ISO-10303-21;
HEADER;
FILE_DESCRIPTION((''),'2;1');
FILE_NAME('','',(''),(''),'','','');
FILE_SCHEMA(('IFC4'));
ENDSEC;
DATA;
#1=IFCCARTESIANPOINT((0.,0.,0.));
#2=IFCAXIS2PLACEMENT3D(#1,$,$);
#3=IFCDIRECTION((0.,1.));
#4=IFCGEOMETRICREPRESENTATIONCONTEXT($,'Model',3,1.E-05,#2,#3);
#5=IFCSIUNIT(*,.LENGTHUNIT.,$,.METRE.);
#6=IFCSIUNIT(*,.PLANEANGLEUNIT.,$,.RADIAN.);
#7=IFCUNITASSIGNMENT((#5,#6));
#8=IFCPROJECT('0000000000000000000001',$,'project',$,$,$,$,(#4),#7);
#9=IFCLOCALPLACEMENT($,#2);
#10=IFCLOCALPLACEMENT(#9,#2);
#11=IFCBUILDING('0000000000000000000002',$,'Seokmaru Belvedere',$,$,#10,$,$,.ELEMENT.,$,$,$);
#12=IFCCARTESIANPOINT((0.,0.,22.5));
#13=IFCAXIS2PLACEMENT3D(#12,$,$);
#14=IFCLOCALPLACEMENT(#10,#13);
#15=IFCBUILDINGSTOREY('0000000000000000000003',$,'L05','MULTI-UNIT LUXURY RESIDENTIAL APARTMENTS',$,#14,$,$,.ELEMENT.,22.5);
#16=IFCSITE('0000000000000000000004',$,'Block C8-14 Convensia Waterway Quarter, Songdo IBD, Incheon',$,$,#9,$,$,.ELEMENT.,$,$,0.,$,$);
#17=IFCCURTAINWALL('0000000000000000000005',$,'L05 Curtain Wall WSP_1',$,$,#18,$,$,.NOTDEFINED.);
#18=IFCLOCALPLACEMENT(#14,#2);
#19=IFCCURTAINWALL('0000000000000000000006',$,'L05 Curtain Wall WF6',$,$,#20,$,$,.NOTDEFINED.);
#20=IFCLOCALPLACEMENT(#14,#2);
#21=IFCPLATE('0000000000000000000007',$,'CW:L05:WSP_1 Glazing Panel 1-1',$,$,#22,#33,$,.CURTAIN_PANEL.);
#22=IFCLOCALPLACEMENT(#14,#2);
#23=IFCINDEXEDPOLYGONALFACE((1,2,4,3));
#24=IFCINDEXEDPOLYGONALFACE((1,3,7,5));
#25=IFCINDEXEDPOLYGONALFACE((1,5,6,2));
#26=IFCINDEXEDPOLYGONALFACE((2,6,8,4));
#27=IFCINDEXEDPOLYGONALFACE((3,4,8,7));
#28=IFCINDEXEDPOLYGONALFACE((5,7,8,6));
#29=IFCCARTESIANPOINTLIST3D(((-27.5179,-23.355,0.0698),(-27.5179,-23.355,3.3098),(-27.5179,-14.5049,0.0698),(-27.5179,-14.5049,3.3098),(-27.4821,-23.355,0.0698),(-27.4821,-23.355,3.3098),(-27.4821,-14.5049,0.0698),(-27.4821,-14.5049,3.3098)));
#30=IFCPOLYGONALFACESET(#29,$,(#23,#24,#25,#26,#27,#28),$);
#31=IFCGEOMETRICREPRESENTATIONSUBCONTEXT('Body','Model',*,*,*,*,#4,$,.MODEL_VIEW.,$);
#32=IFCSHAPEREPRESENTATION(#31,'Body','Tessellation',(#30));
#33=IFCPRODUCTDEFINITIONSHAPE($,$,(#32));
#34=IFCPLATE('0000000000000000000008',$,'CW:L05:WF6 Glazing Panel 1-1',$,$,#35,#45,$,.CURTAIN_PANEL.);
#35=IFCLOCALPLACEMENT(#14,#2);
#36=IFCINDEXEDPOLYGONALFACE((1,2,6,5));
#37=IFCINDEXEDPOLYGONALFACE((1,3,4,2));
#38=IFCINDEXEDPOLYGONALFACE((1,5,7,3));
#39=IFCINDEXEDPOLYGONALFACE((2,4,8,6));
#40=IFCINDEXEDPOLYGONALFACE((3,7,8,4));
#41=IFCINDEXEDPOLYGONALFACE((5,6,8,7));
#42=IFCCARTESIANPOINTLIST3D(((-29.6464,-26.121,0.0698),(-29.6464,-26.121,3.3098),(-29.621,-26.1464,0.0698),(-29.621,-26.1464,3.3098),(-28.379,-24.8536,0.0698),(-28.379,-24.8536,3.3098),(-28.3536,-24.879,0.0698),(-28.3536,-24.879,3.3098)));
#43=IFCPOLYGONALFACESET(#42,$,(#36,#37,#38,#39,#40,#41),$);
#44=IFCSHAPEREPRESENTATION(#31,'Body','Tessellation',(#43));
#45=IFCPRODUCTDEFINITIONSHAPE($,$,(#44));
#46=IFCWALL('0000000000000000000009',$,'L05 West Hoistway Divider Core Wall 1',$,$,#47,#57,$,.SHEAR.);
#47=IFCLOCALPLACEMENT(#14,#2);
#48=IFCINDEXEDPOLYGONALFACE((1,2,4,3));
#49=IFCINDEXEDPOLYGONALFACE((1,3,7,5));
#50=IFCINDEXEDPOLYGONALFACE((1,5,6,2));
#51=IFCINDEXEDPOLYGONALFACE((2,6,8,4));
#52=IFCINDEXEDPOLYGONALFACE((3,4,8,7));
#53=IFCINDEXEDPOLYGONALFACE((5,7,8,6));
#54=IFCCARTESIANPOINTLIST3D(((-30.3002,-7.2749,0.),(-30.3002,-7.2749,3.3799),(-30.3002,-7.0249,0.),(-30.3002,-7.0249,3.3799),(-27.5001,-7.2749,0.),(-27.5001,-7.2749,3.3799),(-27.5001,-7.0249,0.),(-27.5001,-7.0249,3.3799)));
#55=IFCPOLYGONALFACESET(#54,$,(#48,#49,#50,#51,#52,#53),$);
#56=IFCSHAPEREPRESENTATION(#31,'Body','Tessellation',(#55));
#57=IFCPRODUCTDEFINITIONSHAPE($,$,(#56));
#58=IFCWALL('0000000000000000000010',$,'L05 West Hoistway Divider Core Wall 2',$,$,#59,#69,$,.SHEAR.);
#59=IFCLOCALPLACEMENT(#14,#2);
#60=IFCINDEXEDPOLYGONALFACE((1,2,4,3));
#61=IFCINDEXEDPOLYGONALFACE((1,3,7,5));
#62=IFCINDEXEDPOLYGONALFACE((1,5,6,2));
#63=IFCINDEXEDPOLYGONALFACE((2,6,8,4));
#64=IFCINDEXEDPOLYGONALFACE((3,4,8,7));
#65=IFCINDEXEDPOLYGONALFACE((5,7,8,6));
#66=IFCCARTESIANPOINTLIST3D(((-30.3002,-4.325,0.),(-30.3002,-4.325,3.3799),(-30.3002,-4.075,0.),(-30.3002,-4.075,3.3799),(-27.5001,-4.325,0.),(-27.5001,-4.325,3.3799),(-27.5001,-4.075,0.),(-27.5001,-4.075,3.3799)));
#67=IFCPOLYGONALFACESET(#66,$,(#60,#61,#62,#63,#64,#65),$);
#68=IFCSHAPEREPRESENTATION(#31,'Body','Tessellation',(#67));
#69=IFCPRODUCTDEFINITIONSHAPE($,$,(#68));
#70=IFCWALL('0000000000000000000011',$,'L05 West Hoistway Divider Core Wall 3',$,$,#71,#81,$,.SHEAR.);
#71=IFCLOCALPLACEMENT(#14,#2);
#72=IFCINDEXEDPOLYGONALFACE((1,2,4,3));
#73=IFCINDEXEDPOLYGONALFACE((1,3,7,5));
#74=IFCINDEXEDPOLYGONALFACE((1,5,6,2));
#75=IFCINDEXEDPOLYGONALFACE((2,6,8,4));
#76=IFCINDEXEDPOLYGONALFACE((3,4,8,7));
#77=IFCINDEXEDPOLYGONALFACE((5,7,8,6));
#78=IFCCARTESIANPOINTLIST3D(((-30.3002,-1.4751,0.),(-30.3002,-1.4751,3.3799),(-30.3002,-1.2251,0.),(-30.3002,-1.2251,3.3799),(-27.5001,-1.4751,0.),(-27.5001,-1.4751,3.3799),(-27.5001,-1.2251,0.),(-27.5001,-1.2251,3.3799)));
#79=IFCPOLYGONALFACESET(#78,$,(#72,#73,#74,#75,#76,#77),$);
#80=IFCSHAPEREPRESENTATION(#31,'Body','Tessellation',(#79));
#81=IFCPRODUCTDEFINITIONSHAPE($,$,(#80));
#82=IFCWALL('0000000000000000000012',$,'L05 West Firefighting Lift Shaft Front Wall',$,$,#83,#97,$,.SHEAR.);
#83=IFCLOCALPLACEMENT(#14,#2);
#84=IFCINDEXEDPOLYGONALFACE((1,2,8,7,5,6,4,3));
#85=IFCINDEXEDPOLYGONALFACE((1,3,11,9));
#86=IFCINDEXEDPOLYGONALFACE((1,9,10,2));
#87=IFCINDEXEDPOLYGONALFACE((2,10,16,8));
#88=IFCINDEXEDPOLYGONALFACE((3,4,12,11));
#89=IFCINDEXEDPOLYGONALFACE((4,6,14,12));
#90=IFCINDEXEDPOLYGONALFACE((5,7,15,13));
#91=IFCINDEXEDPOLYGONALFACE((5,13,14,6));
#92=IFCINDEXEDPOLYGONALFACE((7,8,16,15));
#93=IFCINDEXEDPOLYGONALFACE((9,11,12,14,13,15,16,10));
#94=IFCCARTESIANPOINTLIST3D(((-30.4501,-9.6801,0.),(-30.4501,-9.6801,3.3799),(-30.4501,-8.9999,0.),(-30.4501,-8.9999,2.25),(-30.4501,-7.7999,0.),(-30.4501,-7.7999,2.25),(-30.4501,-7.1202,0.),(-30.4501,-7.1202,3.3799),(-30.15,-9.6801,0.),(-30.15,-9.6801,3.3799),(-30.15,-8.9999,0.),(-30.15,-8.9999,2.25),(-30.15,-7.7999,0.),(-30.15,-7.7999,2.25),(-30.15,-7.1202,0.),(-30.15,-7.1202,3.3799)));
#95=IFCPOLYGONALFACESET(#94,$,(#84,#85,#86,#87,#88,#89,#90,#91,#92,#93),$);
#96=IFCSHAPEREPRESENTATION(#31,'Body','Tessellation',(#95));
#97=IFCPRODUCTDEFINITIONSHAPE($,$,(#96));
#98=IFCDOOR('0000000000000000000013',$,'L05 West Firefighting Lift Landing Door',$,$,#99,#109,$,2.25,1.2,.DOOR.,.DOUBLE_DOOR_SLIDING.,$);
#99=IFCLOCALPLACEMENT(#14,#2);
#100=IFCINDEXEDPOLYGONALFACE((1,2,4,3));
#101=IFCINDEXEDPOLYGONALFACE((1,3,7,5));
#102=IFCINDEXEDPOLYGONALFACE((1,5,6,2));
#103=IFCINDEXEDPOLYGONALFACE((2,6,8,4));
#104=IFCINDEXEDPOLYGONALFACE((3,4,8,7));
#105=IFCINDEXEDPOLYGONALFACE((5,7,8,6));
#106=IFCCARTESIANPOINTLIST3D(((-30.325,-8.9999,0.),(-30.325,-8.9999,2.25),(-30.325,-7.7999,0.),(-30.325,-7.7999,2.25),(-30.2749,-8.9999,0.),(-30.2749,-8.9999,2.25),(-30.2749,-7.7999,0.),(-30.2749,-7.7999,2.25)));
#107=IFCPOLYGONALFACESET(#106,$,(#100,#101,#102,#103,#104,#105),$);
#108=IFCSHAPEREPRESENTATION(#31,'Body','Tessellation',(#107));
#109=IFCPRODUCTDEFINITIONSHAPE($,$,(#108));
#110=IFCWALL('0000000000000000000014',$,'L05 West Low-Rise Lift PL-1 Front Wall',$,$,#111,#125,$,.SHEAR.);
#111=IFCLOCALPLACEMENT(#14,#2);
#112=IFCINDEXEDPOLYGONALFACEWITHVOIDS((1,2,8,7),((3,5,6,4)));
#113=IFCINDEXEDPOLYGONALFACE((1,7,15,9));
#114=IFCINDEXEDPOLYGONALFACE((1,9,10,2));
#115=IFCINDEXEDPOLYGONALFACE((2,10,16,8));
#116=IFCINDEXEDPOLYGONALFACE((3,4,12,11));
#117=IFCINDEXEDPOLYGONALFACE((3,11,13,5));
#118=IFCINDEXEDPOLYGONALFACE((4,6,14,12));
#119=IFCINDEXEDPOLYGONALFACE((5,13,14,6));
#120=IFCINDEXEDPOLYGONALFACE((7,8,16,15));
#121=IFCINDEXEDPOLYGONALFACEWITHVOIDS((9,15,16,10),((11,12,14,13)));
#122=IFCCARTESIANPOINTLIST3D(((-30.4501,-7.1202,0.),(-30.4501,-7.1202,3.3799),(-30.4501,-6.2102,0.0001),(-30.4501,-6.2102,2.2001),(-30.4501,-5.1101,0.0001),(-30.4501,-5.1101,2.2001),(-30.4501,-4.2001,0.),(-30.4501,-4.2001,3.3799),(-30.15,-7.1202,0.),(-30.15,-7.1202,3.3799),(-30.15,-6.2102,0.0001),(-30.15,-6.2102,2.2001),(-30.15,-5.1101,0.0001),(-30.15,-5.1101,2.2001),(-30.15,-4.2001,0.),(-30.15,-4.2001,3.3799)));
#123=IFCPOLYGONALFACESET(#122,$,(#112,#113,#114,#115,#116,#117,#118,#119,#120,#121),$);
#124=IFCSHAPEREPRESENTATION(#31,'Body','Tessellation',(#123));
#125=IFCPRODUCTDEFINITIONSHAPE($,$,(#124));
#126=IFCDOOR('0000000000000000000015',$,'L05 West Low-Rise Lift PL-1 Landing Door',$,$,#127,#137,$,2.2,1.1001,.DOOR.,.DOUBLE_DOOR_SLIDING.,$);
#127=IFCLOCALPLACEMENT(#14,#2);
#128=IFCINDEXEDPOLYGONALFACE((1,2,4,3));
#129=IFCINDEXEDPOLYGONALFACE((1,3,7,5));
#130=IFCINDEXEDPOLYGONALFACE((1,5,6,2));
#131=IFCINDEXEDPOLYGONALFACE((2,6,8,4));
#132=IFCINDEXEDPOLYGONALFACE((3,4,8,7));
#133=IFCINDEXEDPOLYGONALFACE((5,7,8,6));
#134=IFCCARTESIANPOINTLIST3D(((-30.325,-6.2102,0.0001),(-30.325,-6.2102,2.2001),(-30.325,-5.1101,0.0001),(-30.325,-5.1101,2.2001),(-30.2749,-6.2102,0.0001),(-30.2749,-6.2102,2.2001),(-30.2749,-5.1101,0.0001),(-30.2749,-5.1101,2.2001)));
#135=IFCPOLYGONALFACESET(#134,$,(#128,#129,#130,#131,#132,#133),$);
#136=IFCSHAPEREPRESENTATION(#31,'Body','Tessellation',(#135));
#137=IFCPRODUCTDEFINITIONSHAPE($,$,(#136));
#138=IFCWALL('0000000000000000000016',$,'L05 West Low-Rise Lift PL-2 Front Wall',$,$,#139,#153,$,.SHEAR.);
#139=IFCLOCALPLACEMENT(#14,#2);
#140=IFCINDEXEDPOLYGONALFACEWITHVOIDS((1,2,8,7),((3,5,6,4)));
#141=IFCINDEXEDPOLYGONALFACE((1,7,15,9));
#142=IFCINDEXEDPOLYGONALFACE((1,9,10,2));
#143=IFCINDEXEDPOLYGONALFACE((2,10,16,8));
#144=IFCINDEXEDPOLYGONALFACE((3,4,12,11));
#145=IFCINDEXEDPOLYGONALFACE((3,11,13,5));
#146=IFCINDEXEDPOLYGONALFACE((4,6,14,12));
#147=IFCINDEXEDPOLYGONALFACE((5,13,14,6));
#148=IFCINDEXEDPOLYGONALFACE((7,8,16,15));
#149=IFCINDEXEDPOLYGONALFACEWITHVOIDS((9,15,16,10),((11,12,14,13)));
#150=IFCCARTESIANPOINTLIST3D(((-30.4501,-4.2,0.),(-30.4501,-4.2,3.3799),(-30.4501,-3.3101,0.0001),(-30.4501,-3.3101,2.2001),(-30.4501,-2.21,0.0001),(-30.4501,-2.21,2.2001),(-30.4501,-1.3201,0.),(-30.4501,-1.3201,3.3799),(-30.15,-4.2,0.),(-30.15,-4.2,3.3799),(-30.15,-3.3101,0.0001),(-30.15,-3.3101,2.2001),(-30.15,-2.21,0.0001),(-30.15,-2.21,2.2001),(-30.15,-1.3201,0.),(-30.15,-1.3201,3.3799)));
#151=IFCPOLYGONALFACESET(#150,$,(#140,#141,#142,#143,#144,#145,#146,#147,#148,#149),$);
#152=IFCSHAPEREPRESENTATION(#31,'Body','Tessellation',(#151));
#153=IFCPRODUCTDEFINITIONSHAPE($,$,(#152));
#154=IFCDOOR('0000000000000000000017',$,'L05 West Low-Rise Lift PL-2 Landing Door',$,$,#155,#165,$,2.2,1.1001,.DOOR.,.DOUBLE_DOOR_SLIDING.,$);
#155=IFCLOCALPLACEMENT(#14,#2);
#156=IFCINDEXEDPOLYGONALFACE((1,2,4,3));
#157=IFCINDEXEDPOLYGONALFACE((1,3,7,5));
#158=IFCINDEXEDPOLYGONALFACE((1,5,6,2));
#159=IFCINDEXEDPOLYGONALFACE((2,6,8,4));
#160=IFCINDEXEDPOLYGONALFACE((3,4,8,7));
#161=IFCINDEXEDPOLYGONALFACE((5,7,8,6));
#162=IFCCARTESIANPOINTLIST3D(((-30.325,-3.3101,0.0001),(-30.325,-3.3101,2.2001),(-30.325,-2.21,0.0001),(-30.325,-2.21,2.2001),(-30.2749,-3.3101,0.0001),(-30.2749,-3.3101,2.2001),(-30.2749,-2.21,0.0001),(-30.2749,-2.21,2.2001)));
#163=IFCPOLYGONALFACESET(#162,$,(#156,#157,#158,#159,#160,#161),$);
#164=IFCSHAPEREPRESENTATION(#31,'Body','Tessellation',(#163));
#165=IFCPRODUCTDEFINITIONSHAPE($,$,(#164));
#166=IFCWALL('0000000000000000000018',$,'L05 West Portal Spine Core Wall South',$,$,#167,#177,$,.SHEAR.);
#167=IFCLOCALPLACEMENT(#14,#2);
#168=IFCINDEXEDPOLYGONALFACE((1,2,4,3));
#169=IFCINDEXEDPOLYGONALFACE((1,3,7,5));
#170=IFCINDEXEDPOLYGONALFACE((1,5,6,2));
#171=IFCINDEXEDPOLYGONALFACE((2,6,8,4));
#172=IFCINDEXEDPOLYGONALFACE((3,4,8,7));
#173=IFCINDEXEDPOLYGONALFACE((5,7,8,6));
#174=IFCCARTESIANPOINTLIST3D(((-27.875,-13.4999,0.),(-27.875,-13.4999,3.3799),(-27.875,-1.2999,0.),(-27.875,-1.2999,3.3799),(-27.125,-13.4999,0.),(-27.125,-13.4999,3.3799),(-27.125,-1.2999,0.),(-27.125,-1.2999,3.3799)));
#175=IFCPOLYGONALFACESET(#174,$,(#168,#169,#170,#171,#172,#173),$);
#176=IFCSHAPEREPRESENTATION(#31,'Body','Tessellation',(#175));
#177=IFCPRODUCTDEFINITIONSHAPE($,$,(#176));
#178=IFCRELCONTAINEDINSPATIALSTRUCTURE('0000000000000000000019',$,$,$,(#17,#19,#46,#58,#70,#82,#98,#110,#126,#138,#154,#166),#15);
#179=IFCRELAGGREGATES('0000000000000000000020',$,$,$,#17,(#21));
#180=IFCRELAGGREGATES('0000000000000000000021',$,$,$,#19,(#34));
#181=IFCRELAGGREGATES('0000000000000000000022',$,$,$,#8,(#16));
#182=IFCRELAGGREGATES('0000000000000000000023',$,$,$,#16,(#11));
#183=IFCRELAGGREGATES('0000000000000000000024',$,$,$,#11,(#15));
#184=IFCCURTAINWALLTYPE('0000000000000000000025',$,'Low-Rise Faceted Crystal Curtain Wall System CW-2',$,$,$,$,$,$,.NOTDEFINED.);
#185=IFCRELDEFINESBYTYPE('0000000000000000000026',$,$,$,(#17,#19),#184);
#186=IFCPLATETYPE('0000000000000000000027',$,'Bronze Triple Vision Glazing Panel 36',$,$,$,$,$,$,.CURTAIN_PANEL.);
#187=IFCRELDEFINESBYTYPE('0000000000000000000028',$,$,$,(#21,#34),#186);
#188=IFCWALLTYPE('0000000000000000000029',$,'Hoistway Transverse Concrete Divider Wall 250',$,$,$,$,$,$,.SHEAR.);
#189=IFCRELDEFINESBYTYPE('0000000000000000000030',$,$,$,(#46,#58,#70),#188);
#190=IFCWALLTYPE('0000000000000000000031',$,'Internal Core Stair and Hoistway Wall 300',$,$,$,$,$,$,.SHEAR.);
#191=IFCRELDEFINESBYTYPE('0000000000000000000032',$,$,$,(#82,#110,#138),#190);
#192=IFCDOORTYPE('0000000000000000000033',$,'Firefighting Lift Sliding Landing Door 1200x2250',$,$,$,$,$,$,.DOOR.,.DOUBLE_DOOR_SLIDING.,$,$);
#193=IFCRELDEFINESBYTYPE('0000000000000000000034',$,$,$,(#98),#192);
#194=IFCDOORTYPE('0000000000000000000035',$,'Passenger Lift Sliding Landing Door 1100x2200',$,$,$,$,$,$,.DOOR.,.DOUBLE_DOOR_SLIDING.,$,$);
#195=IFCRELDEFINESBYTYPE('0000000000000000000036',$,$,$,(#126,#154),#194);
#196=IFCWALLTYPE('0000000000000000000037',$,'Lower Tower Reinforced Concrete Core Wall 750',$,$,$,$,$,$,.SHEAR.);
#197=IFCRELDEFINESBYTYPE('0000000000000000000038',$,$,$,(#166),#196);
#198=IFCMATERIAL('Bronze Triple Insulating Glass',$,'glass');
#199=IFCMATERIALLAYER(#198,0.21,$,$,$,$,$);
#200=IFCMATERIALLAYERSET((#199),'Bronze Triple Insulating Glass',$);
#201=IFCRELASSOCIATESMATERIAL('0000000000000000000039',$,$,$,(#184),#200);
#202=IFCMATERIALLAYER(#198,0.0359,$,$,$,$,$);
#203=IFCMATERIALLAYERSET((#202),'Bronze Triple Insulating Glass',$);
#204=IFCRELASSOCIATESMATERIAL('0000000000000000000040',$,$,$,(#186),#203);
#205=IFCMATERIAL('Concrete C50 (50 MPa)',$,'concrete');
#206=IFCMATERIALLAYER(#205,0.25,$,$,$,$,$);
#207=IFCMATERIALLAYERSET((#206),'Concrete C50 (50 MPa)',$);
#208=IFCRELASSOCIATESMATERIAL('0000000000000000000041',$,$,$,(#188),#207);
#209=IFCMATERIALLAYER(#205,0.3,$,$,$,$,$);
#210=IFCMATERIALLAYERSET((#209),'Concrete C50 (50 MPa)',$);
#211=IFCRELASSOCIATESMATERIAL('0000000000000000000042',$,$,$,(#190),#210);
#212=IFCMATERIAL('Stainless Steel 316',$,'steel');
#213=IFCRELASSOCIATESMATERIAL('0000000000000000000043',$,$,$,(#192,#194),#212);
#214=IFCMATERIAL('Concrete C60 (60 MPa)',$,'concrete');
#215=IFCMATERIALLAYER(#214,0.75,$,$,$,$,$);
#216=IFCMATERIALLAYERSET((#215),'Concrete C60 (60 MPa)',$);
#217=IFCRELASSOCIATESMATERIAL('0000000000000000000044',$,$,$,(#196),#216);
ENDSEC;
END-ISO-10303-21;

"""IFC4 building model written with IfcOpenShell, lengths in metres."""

from ifc_helpers import new_model, si_unit, direction, frame, frame_2d, origin, origin_2d, place, context, subcontext, project, spatial, rectangle, extrude, source, transform, mapped, material, layer, layer_set, type_object, type_shapes, element, fill, aggregate, save


model = new_model("IFC4")

# Units and contexts
model_context = context("Model", 3, precision=1e-05, world=origin(), true_north=direction((0.0, 1.0)))
body_context = subcontext(model_context, "Body", "Model", "MODEL_VIEW")
ifc_project = project(units=[si_unit("LENGTHUNIT", "METRE"), si_unit("PLANEANGLEUNIT", "RADIAN")], contexts=[model_context])

# Site, building, storey
site_placement = place(None, origin())
site = spatial("IfcSite", under=ifc_project, at=site_placement, Name="Block C8-14 Convensia Waterway Quarter, Songdo IBD, Incheon", CompositionType="ELEMENT", RefElevation=0.0)
building_placement = place(site_placement, origin())
building = spatial("IfcBuilding", under=site, at=building_placement, Name="Seokmaru Belvedere", CompositionType="ELEMENT")
storey_placement = place(building_placement, frame((0.0, 0.0, 22.5)))
storey = spatial("IfcBuildingStorey", under=building, at=storey_placement, Name="L05", Description="MULTI-UNIT LUXURY RESIDENTIAL APARTMENTS", CompositionType="ELEMENT", Elevation=22.5)

# Curtain walls
ifc_material_1 = material(Name="Bronze Triple Insulating Glass", Category="glass")
ifc_layer_1 = layer(ifc_material_1, 0.21)
ifc_layer_set_1 = layer_set([ifc_layer_1], Name="Bronze Triple Insulating Glass")
curtain_wall_type = type_object("IfcCurtainWallType", Name="Low-Rise Faceted Crystal Curtain Wall System CW-2", PredefinedType="NOTDEFINED", material=ifc_layer_set_1)
curtain_wall_1_placement = place(storey_placement, origin())
curtain_wall_1 = element("IfcCurtainWall", 1, at=curtain_wall_1_placement, inside=storey, type_object=curtain_wall_type, Name="L05 Curtain Wall WSP_1", PredefinedType="NOTDEFINED")
curtain_wall_2_placement = place(storey_placement, origin())
curtain_wall_2 = element("IfcCurtainWall", 2, at=curtain_wall_2_placement, inside=storey, type_object=curtain_wall_type, Name="L05 Curtain Wall WF6", PredefinedType="NOTDEFINED")

# Plates
ifc_layer_2 = layer(ifc_material_1, 0.0359)
ifc_layer_set_2 = layer_set([ifc_layer_2], Name="Bronze Triple Insulating Glass")
plate_type = type_object("IfcPlateType", Name="Bronze Triple Vision Glazing Panel 36", PredefinedType="CURTAIN_PANEL", material=ifc_layer_set_2)
shared_shape_1 = source(origin(), body_context, "Body", "SweptSolid", [
    extrude(rectangle(XDim=8.8501, YDim=0.0359, at=origin_2d()), origin(), (0.0, 0.0, 1.0), 3.24),
])
plate_1_placement = place(storey_placement, frame((-27.5, -18.9299, 0.0698), z_axis=(0.0, 0.0, 1.0), x_axis=(0.0, 1.0, 0.0)))
plate_1 = element("IfcPlate", 3, at=plate_1_placement, type_object=plate_type, Name="CW:L05:WSP_1 Glazing Panel 1-1", PredefinedType="CURTAIN_PANEL", context=body_context, shape_type="MappedRepresentation", body=[
    mapped(shared_shape_1, transform((0.0, 0.0, 0.0), scale=1.0)),
])
aggregate(curtain_wall_1, [plate_1])
shared_shape_2 = source(origin(), body_context, "Body", "SweptSolid", [
    extrude(rectangle(XDim=1.7925, YDim=0.0359, at=origin_2d()), origin(), (0.0, 0.0, 1.0), 3.24),
])
type_shapes(plate_type, [shared_shape_1, shared_shape_2])
plate_2_placement = place(storey_placement, frame((-29.0, -25.5, 0.0698), z_axis=(0.0, 0.0, 1.0), x_axis=(0.707107, 0.707107, 0.0)))
plate_2 = element("IfcPlate", 4, at=plate_2_placement, type_object=plate_type, Name="CW:L05:WF6 Glazing Panel 1-1", PredefinedType="CURTAIN_PANEL", context=body_context, shape_type="MappedRepresentation", body=[
    mapped(shared_shape_2, transform((0.0, 0.0, 0.0), scale=1.0)),
])
aggregate(curtain_wall_2, [plate_2])

# Walls
ifc_material_2 = material(Name="Concrete C50 (50 MPa)", Category="concrete")
ifc_layer_3 = layer(ifc_material_2, 0.25)
ifc_layer_set_3 = layer_set([ifc_layer_3], Name="Concrete C50 (50 MPa)")
wall_type_1 = type_object("IfcWallType", Name="Hoistway Transverse Concrete Divider Wall 250", PredefinedType="SHEAR", material=ifc_layer_set_3)
for number, where, z_axis, x_axis, name in (
    (5, (-30.3, -7.1499, 0.0), (0.0, 0.0, 1.0), (1.0, 0.0, 0.0), "L05 West Hoistway Divider Core Wall 1"),
    (6, (-30.3, -4.2, 0.0), (0.0, 0.0, 1.0), (1.0, 0.0, 0.0), "L05 West Hoistway Divider Core Wall 2"),
    (7, (-30.3, -1.3501, 0.0), (0.0, 0.0, 1.0), (1.0, 0.0, 0.0), "L05 West Hoistway Divider Core Wall 3"),
):
    element("IfcWall", number, at=place(storey_placement, frame(where, z_axis=z_axis, x_axis=x_axis)), inside=storey, type_object=wall_type_1, Name=name, PredefinedType="SHEAR", context=body_context, shape_type="SweptSolid", body=[
        extrude(rectangle(XDim=2.8, YDim=0.25, at=frame_2d((1.3999, 0.0))), origin(), (0.0, 0.0, 1.0), 3.3799),
    ])

# Walls, openings, doors
ifc_layer_4 = layer(ifc_material_2, 0.3)
ifc_layer_set_4 = layer_set([ifc_layer_4], Name="Concrete C50 (50 MPa)")
wall_type_2 = type_object("IfcWallType", Name="Internal Core Stair and Hoistway Wall 300", PredefinedType="SHEAR", material=ifc_layer_set_4)
wall_1_placement = place(storey_placement, frame((-30.3, -9.6799, 0.0), z_axis=(0.0, 0.0, 1.0), x_axis=(0.0, 1.0, 0.0)))
wall_1 = element("IfcWall", 8, at=wall_1_placement, inside=storey, type_object=wall_type_2, Name="L05 West Firefighting Lift Shaft Front Wall", PredefinedType="SHEAR", context=body_context, shape_type="SweptSolid", body=[
    extrude(rectangle(XDim=2.5598, YDim=0.3, at=frame_2d((1.2798, 0.0))), origin(), (0.0, 0.0, 1.0), 3.3799),
])
opening_1_placement = place(wall_1_placement, frame((0.6799, 0.0, 0.0)))
opening_1 = element("IfcOpeningElement", 9, at=opening_1_placement, cuts=wall_1, PredefinedType="OPENING", context=body_context, shape_type="SweptSolid", body=[
    extrude(rectangle(XDim=1.2, YDim=2.25, at=frame_2d((0.6001, 1.125))), frame((0.0, 0.1602, 0.0), z_axis=(0.0, -1.0, 0.0), x_axis=(1.0, 0.0, 0.0)), (0.0, 0.0, 1.0), 0.3201),
])
ifc_material_3 = material(Name="Stainless Steel 316", Category="steel")
door_type_1 = type_object("IfcDoorType", Name="Firefighting Lift Sliding Landing Door 1200x2250", OperationType="DOUBLE_DOOR_SLIDING", PredefinedType="DOOR", material=ifc_material_3)
shared_shape_3 = source(origin(), body_context, "Body", "SweptSolid", [
    extrude(rectangle(XDim=1.2, YDim=2.25, at=frame_2d((0.6001, 1.125))), frame((0.0, 0.0249, 0.0), z_axis=(0.0, -1.0, 0.0), x_axis=(1.0, 0.0, 0.0)), (0.0, 0.0, 1.0), 0.05),
])
type_shapes(door_type_1, [shared_shape_3])
door_1_placement = place(opening_1_placement, origin())
door_1 = element("IfcDoor", 10, at=door_1_placement, inside=storey, type_object=door_type_1, Name="L05 West Firefighting Lift Landing Door", OperationType="DOUBLE_DOOR_SLIDING", OverallHeight=2.25, OverallWidth=1.2, PredefinedType="DOOR", context=body_context, shape_type="MappedRepresentation", body=[
    mapped(shared_shape_3, transform((0.0, 0.0, 0.0), scale=1.0)),
])
fill(opening_1, door_1)
wall_2_placement = place(storey_placement, frame((-30.3, -7.1201, 0.0), z_axis=(0.0, 0.0, 1.0), x_axis=(0.0, 1.0, 0.0)))
wall_2 = element("IfcWall", 11, at=wall_2_placement, inside=storey, type_object=wall_type_2, Name="L05 West Low-Rise Lift PL-1 Front Wall", PredefinedType="SHEAR", context=body_context, shape_type="SweptSolid", body=[
    extrude(rectangle(XDim=2.9202, YDim=0.3, at=frame_2d((1.46, 0.0))), origin(), (0.0, 0.0, 1.0), 3.3799),
])
opening_2_placement = place(wall_2_placement, frame((0.9099, 0.0, 0.0)))
opening_2 = element("IfcOpeningElement", 12, at=opening_2_placement, cuts=wall_2, PredefinedType="OPENING", context=body_context, shape_type="SweptSolid", body=[
    extrude(rectangle(XDim=1.1001, YDim=2.2, at=frame_2d((0.55, 1.1001))), frame((0.0, 0.1602, 0.0), z_axis=(0.0, -1.0, 0.0), x_axis=(1.0, 0.0, 0.0)), (0.0, 0.0, 1.0), 0.3201),
])
door_type_2 = type_object("IfcDoorType", Name="Passenger Lift Sliding Landing Door 1100x2200", OperationType="DOUBLE_DOOR_SLIDING", PredefinedType="DOOR", material=ifc_material_3)
shared_shape_4 = source(origin(), body_context, "Body", "SweptSolid", [
    extrude(rectangle(XDim=1.1001, YDim=2.2, at=frame_2d((0.55, 1.1001))), frame((0.0, 0.0249, 0.0), z_axis=(0.0, -1.0, 0.0), x_axis=(1.0, 0.0, 0.0)), (0.0, 0.0, 1.0), 0.05),
])
type_shapes(door_type_2, [shared_shape_4])
door_2_placement = place(opening_2_placement, origin())
door_2 = element("IfcDoor", 13, at=door_2_placement, inside=storey, type_object=door_type_2, Name="L05 West Low-Rise Lift PL-1 Landing Door", OperationType="DOUBLE_DOOR_SLIDING", OverallHeight=2.2, OverallWidth=1.1001, PredefinedType="DOOR", context=body_context, shape_type="MappedRepresentation", body=[
    mapped(shared_shape_4, transform((0.0, 0.0, 0.0), scale=1.0)),
])
fill(opening_2, door_2)
wall_3_placement = place(storey_placement, frame((-30.3, -4.2, 0.0), z_axis=(0.0, 0.0, 1.0), x_axis=(0.0, 1.0, 0.0)))
wall_3 = element("IfcWall", 14, at=wall_3_placement, inside=storey, type_object=wall_type_2, Name="L05 West Low-Rise Lift PL-2 Front Wall", PredefinedType="SHEAR", context=body_context, shape_type="SweptSolid", body=[
    extrude(rectangle(XDim=2.8799, YDim=0.3, at=frame_2d((1.4399, 0.0))), origin(), (0.0, 0.0, 1.0), 3.3799),
])
opening_3_placement = place(wall_3_placement, frame((0.8899, 0.0, 0.0)))
opening_3 = element("IfcOpeningElement", 15, at=opening_3_placement, cuts=wall_3, PredefinedType="OPENING", context=body_context, shape_type="SweptSolid", body=[
    extrude(rectangle(XDim=1.1001, YDim=2.2, at=frame_2d((0.55, 1.1001))), frame((0.0, 0.1602, 0.0), z_axis=(0.0, -1.0, 0.0), x_axis=(1.0, 0.0, 0.0)), (0.0, 0.0, 1.0), 0.3201),
])
door_3_placement = place(opening_3_placement, origin())
door_3 = element("IfcDoor", 16, at=door_3_placement, inside=storey, type_object=door_type_2, Name="L05 West Low-Rise Lift PL-2 Landing Door", OperationType="DOUBLE_DOOR_SLIDING", OverallHeight=2.2, OverallWidth=1.1001, PredefinedType="DOOR", context=body_context, shape_type="MappedRepresentation", body=[
    mapped(shared_shape_4, transform((0.0, 0.0, 0.0), scale=1.0)),
])
fill(opening_3, door_3)

# Wall
ifc_material_4 = material(Name="Concrete C60 (60 MPa)", Category="concrete")
ifc_layer_5 = layer(ifc_material_4, 0.75)
ifc_layer_set_5 = layer_set([ifc_layer_5], Name="Concrete C60 (60 MPa)")
wall_type_3 = type_object("IfcWallType", Name="Lower Tower Reinforced Concrete Core Wall 750", PredefinedType="SHEAR", material=ifc_layer_set_5)
wall_4_placement = place(storey_placement, frame((-27.5, -13.5, 0.0), z_axis=(0.0, 0.0, 1.0), x_axis=(0.0, 1.0, 0.0)))
element("IfcWall", 17, at=wall_4_placement, inside=storey, type_object=wall_type_3, Name="L05 West Portal Spine Core Wall South", PredefinedType="SHEAR", context=body_context, shape_type="SweptSolid", body=[
    extrude(rectangle(XDim=12.2, YDim=0.75, at=frame_2d((6.1001, 0.0))), origin(), (0.0, 0.0, 1.0), 3.3799),
])

save(model, "model.ifc")
